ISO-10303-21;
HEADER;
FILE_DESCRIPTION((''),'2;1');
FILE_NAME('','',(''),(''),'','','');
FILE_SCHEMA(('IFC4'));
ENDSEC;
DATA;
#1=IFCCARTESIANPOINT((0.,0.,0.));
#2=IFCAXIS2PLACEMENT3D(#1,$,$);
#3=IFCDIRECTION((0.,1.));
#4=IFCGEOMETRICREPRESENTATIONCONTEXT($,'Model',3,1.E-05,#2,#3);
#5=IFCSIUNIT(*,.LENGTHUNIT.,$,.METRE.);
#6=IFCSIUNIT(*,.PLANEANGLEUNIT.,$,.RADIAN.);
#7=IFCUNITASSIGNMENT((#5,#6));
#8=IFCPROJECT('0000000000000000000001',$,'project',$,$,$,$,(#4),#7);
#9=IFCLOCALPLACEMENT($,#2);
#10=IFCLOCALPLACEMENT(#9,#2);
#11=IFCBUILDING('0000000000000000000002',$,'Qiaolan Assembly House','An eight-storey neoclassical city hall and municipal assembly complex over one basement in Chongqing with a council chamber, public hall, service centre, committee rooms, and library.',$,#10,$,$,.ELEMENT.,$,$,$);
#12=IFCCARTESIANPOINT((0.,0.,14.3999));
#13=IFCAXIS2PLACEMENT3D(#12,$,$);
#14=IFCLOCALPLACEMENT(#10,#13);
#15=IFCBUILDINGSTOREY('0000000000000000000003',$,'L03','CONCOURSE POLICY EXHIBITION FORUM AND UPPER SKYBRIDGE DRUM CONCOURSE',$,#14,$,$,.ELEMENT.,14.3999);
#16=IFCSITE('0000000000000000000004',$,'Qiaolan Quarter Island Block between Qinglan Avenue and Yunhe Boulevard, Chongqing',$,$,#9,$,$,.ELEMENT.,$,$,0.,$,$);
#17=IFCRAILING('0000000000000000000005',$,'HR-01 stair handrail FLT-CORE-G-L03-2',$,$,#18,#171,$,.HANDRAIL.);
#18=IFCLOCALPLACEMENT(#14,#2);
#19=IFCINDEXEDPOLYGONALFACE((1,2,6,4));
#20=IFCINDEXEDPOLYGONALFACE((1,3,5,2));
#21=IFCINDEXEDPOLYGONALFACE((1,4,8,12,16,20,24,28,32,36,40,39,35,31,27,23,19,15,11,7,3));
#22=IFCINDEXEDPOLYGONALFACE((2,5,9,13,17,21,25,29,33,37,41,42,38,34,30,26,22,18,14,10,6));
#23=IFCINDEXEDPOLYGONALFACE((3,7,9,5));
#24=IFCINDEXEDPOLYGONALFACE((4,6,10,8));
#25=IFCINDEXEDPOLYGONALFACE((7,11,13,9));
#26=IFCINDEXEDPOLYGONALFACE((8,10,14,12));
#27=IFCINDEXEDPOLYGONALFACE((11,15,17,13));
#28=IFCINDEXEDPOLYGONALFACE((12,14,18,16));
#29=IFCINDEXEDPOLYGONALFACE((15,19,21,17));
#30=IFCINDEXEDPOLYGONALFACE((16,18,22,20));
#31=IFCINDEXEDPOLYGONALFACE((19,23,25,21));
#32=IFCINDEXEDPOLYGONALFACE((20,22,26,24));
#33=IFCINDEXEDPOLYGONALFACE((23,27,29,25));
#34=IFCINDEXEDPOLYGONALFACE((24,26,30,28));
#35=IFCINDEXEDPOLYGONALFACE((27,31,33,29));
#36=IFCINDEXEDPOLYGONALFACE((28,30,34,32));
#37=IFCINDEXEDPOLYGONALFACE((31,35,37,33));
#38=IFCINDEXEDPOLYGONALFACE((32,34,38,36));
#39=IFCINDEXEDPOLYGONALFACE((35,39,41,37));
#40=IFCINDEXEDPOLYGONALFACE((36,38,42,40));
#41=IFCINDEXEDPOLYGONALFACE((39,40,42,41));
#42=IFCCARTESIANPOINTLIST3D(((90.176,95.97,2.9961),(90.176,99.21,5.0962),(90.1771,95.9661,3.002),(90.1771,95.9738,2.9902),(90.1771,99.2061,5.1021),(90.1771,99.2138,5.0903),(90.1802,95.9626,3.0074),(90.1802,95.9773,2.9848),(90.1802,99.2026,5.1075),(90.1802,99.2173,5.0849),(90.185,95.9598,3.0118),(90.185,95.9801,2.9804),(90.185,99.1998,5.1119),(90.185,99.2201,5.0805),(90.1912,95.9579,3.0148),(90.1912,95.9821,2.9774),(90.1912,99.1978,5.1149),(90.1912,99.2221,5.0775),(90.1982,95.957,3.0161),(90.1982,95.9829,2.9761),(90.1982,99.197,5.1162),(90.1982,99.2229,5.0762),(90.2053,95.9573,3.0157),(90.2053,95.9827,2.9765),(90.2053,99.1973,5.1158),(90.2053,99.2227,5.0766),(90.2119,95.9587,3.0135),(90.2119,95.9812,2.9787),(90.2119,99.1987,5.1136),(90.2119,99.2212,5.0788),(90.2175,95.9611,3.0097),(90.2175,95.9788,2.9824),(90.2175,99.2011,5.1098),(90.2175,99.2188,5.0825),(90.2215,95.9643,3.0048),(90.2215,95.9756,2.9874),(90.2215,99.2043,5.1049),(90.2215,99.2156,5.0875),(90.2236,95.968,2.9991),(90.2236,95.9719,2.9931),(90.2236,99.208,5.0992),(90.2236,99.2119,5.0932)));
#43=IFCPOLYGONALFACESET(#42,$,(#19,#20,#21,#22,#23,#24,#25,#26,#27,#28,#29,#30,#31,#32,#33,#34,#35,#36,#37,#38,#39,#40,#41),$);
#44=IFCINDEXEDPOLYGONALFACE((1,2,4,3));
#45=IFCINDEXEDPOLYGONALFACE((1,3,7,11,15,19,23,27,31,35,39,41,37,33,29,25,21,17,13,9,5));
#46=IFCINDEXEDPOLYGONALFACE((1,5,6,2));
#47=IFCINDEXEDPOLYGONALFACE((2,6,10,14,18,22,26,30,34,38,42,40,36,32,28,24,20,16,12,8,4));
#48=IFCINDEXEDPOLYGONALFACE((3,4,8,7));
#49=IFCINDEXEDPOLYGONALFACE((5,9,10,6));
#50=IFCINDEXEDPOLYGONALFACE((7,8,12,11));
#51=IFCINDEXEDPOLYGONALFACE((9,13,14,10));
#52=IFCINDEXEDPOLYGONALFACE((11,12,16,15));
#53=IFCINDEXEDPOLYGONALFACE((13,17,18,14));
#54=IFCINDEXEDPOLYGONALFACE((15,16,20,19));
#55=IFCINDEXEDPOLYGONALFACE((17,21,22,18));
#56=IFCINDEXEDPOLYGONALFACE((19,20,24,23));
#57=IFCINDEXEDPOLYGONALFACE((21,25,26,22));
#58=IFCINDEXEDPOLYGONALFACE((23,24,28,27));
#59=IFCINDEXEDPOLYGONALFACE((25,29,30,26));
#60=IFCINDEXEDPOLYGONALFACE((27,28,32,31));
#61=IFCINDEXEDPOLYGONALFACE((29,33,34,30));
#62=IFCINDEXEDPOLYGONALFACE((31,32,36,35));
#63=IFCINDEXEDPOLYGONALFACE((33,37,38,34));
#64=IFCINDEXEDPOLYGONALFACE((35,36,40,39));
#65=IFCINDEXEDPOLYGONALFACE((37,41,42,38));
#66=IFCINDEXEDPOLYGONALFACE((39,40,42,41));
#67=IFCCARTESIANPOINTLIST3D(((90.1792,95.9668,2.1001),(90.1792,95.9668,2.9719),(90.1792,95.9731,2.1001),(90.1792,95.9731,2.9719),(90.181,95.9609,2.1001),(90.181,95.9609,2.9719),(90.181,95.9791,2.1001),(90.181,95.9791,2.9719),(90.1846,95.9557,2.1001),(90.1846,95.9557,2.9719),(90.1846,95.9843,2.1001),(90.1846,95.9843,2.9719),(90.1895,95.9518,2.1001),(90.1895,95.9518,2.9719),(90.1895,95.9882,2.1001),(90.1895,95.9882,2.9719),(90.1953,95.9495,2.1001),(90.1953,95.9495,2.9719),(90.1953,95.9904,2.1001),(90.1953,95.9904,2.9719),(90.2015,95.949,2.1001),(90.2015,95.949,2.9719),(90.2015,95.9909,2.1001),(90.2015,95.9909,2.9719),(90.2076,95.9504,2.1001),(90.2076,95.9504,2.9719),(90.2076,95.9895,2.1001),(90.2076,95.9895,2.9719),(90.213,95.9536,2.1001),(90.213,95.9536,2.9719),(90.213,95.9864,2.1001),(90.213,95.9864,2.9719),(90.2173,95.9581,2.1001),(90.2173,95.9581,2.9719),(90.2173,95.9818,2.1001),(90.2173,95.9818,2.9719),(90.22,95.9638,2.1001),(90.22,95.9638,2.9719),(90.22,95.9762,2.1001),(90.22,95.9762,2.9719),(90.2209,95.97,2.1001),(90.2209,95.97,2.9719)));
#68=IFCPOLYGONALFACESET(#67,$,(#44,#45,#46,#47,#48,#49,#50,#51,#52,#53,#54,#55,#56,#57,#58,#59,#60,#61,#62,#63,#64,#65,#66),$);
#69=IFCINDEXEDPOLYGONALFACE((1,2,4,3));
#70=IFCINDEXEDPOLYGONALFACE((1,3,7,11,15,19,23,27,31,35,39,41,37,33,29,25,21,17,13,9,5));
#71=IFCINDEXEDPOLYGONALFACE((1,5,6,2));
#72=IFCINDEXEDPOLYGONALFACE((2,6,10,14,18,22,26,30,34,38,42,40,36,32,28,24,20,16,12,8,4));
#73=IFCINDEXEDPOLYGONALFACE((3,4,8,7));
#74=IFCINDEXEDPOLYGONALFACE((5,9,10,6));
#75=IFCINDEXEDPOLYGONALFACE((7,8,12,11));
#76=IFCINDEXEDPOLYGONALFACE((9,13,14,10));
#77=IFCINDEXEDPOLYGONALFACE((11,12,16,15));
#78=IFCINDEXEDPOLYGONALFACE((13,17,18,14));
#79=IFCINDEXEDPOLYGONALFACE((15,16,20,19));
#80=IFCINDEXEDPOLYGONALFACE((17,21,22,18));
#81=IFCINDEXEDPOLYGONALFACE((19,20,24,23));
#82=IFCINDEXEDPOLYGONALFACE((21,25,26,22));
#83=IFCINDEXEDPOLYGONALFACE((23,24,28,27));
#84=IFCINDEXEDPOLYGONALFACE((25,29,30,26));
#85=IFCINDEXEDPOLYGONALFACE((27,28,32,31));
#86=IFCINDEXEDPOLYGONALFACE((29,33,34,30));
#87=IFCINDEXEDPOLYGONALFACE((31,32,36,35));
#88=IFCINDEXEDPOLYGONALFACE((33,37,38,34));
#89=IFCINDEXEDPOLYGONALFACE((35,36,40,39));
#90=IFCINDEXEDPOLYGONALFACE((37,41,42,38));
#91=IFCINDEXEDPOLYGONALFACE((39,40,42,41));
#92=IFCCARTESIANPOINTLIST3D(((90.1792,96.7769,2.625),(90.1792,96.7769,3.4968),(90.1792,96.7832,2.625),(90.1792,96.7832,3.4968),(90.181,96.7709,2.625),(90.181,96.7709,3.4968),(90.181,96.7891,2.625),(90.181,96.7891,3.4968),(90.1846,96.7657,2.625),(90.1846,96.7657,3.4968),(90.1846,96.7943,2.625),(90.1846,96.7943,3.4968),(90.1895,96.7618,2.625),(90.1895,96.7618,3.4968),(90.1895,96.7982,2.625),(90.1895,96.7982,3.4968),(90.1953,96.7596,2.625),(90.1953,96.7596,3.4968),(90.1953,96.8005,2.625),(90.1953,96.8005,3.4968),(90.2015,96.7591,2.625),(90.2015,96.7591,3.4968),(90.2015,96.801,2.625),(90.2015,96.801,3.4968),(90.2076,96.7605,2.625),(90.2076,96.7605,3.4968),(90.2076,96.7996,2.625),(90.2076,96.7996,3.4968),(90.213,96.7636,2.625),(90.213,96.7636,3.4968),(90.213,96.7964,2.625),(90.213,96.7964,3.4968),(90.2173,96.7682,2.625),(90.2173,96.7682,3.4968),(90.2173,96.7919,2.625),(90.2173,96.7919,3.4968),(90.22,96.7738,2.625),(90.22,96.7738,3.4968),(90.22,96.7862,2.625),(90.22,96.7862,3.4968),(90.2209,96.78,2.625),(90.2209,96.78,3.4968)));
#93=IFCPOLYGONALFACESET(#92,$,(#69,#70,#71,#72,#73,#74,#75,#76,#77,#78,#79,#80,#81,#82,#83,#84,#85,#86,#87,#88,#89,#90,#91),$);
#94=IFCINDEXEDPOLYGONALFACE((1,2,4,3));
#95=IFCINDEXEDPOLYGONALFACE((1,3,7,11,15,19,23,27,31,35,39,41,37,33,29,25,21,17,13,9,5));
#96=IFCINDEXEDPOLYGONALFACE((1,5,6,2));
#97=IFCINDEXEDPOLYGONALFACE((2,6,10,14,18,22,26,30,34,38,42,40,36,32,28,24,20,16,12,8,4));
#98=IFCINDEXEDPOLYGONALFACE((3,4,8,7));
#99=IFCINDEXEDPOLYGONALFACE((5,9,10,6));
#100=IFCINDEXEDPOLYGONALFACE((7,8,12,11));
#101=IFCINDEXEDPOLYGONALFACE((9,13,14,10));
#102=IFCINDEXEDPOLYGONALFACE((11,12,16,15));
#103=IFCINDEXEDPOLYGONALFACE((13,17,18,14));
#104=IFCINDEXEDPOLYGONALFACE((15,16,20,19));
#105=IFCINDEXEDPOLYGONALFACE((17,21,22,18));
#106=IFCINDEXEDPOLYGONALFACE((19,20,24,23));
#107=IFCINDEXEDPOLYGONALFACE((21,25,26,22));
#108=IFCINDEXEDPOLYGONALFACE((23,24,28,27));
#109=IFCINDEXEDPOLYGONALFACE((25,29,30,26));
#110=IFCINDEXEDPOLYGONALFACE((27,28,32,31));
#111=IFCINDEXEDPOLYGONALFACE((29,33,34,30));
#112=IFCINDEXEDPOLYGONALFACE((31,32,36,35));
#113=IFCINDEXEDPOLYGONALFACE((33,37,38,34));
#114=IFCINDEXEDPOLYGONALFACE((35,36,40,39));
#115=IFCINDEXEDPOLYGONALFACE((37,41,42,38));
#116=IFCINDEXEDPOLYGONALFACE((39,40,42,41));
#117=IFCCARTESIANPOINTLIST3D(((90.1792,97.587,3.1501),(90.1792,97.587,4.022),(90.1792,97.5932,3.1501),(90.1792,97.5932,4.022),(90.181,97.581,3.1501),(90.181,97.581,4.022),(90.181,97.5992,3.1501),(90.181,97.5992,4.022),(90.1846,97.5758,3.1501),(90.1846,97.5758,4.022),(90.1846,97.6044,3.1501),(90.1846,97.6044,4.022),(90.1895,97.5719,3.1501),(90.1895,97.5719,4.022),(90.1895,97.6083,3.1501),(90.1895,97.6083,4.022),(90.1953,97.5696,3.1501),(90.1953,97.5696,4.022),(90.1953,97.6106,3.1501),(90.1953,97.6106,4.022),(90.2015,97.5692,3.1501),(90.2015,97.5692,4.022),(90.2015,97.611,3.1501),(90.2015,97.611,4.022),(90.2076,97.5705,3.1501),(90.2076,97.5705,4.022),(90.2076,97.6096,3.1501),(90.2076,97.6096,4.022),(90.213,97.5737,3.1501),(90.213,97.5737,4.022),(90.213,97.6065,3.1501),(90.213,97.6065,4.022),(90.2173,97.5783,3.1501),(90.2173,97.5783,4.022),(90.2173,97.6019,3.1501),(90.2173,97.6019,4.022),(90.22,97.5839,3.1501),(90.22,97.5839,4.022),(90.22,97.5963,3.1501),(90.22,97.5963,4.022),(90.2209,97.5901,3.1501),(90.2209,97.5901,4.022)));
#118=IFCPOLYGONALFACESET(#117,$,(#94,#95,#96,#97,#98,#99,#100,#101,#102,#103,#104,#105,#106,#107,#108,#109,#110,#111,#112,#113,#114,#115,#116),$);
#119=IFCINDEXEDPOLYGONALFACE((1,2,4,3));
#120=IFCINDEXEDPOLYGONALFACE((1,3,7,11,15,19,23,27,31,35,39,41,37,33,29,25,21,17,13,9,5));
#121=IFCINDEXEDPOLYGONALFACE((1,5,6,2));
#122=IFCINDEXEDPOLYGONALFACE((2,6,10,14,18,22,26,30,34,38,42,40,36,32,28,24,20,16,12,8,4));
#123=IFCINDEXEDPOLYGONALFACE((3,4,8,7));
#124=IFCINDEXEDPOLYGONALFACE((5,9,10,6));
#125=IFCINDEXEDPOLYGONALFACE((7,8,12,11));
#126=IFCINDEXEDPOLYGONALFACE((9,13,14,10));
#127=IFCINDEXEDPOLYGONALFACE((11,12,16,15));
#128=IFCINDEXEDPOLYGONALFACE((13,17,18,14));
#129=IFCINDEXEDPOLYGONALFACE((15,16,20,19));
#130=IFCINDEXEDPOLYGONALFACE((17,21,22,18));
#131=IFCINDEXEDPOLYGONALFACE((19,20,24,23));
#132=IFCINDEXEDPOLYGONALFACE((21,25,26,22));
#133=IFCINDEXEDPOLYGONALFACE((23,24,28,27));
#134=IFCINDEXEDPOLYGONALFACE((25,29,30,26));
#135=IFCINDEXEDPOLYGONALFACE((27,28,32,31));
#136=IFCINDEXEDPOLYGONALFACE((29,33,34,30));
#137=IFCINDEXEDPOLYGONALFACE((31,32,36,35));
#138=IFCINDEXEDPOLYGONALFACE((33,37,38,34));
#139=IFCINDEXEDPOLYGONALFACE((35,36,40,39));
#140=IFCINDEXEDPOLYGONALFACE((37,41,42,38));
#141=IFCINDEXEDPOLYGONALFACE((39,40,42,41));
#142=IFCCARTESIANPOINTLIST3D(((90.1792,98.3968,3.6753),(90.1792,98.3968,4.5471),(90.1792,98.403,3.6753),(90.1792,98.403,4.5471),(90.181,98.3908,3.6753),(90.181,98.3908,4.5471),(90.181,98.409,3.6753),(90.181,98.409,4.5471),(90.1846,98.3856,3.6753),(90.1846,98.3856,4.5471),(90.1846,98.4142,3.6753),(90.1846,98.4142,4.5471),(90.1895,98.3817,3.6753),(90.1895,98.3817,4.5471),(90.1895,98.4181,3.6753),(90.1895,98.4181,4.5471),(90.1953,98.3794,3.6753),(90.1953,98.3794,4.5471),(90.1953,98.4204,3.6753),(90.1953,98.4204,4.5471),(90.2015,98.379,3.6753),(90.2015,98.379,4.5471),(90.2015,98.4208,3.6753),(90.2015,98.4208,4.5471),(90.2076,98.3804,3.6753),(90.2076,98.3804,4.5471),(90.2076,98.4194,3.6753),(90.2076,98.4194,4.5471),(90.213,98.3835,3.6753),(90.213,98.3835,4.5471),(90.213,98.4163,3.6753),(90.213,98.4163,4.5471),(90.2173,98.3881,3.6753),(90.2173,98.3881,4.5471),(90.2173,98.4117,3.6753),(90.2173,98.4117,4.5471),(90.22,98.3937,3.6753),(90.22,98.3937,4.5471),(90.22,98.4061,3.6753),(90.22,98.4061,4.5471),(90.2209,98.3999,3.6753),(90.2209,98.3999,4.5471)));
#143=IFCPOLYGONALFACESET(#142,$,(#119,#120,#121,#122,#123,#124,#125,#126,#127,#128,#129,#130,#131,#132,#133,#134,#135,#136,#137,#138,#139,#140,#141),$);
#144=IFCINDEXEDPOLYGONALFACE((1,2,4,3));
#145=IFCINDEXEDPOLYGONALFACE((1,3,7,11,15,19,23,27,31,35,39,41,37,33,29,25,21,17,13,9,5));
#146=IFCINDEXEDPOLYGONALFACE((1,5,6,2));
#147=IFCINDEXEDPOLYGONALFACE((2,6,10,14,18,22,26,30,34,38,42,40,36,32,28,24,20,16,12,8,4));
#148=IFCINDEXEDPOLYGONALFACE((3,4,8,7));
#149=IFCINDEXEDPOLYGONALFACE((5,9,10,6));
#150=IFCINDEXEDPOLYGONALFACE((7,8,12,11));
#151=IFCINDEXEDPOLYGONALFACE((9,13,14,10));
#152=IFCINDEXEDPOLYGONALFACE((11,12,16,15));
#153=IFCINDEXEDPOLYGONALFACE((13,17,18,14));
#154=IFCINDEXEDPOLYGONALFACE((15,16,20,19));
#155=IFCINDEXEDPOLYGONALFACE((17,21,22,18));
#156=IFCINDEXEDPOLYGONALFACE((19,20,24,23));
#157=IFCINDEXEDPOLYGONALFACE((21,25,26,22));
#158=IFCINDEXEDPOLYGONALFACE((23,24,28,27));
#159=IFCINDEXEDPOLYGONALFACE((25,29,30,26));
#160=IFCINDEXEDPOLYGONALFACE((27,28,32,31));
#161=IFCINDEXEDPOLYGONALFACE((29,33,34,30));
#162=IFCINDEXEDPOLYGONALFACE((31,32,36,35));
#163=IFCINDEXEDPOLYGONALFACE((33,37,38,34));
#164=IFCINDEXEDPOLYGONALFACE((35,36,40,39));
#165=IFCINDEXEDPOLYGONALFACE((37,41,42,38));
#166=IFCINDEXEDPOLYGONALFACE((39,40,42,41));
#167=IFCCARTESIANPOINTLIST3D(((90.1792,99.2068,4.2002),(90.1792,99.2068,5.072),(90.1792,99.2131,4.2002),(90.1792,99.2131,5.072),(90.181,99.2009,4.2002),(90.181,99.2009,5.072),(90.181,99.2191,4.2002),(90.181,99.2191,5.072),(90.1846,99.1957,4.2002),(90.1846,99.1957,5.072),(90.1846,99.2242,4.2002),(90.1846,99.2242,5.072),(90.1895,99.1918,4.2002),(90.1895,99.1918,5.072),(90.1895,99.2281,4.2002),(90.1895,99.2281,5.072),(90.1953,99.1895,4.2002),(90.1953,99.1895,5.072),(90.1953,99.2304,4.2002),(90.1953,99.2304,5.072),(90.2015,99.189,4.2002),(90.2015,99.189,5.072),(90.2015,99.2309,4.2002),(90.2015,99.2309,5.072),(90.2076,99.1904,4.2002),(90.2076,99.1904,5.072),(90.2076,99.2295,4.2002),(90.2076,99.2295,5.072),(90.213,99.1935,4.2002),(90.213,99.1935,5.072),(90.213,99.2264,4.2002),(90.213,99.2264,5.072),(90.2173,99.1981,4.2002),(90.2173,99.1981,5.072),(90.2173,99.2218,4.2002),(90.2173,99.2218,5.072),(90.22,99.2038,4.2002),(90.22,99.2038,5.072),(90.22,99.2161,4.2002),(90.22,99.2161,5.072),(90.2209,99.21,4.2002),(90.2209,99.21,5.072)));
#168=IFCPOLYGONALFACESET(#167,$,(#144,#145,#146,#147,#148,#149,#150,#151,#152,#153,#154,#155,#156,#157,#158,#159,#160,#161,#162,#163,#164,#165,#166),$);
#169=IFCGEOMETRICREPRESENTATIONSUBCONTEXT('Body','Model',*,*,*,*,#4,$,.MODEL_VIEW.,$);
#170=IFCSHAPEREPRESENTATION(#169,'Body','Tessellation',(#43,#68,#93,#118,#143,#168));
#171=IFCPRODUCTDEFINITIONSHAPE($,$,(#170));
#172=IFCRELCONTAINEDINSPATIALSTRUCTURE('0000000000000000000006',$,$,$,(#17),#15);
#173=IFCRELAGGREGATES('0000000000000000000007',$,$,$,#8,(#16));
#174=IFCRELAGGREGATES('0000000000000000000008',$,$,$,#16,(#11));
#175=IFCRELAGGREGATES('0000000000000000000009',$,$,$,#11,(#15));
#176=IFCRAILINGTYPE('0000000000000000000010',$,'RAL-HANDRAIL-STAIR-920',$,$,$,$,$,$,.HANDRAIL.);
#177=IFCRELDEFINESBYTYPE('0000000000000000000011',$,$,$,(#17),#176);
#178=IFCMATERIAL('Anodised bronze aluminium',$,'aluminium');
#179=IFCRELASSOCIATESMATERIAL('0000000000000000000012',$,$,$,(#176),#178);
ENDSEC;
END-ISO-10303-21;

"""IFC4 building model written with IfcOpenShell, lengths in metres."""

from ifc_helpers import new_model, si_unit, direction, frame, origin, origin_2d, place, context, subcontext, project, spatial, circle, extrude, material, type_object, element, save


model = new_model("IFC4")

# Units and contexts
model_context = context("Model", 3, precision=1e-05, world=origin(), true_north=direction((0.0, 1.0)))
body_context = subcontext(model_context, "Body", "Model", "MODEL_VIEW")
ifc_project = project(units=[si_unit("LENGTHUNIT", "METRE"), si_unit("PLANEANGLEUNIT", "RADIAN")], contexts=[model_context])

# Site, building, storey
site_placement = place(None, origin())
site = spatial("IfcSite", under=ifc_project, at=site_placement, Name="Qiaolan Quarter Island Block between Qinglan Avenue and Yunhe Boulevard, Chongqing", CompositionType="ELEMENT", RefElevation=0.0)
building_placement = place(site_placement, origin())
building = spatial("IfcBuilding", under=site, at=building_placement, Name="Qiaolan Assembly House", Description="An eight-storey neoclassical city hall and municipal assembly complex over one basement in Chongqing with a council chamber, public hall, service centre, committee rooms, and library.", CompositionType="ELEMENT")
storey_placement = place(building_placement, frame((0.0, 0.0, 14.3999)))
storey = spatial("IfcBuildingStorey", under=building, at=storey_placement, Name="L03", Description="CONCOURSE POLICY EXHIBITION FORUM AND UPPER SKYBRIDGE DRUM CONCOURSE", CompositionType="ELEMENT", Elevation=14.3999)

# Railing
ifc_material_1 = material(Name="Anodised bronze aluminium", Category="aluminium")
railing_type_1 = type_object("IfcRailingType", Name="RAL-HANDRAIL-STAIR-920", PredefinedType="HANDRAIL", material=ifc_material_1)
railing_1_placement = place(storey_placement, frame((90.2, 95.97, 2.1001)))
element("IfcRailing", 1, at=railing_1_placement, inside=storey, type_object=railing_type_1, Name="HR-01 stair handrail FLT-CORE-G-L03-2", PredefinedType="HANDRAIL", context=body_context, shape_type="SweptSolid", body=[
    extrude(circle(Radius=0.0239, at=origin_2d()), frame((0.0, 0.0, 0.896), z_axis=(0.0, 0.839141, 0.543914), x_axis=(-1.0, 0.0, 0.0)), (0.0, 0.0, 1.0), 3.8611),
    extrude(circle(Radius=0.021, at=origin_2d()), origin(), (0.0, 0.0, 1.0), 0.8718),
    extrude(circle(Radius=0.021, at=origin_2d()), frame((0.0, 0.8101, 0.5249)), (0.0, 0.0, 1.0), 0.8718),
    extrude(circle(Radius=0.021, at=origin_2d()), frame((0.0, 1.6201, 1.05)), (0.0, 0.0, 1.0), 0.8718),
    extrude(circle(Radius=0.021, at=origin_2d()), frame((0.0, 2.4299, 1.5752)), (0.0, 0.0, 1.0), 0.8718),
    extrude(circle(Radius=0.021, at=origin_2d()), frame((0.0, 3.24, 2.1001)), (0.0, 0.0, 1.0), 0.8718),
])

save(model, "model.ifc")
